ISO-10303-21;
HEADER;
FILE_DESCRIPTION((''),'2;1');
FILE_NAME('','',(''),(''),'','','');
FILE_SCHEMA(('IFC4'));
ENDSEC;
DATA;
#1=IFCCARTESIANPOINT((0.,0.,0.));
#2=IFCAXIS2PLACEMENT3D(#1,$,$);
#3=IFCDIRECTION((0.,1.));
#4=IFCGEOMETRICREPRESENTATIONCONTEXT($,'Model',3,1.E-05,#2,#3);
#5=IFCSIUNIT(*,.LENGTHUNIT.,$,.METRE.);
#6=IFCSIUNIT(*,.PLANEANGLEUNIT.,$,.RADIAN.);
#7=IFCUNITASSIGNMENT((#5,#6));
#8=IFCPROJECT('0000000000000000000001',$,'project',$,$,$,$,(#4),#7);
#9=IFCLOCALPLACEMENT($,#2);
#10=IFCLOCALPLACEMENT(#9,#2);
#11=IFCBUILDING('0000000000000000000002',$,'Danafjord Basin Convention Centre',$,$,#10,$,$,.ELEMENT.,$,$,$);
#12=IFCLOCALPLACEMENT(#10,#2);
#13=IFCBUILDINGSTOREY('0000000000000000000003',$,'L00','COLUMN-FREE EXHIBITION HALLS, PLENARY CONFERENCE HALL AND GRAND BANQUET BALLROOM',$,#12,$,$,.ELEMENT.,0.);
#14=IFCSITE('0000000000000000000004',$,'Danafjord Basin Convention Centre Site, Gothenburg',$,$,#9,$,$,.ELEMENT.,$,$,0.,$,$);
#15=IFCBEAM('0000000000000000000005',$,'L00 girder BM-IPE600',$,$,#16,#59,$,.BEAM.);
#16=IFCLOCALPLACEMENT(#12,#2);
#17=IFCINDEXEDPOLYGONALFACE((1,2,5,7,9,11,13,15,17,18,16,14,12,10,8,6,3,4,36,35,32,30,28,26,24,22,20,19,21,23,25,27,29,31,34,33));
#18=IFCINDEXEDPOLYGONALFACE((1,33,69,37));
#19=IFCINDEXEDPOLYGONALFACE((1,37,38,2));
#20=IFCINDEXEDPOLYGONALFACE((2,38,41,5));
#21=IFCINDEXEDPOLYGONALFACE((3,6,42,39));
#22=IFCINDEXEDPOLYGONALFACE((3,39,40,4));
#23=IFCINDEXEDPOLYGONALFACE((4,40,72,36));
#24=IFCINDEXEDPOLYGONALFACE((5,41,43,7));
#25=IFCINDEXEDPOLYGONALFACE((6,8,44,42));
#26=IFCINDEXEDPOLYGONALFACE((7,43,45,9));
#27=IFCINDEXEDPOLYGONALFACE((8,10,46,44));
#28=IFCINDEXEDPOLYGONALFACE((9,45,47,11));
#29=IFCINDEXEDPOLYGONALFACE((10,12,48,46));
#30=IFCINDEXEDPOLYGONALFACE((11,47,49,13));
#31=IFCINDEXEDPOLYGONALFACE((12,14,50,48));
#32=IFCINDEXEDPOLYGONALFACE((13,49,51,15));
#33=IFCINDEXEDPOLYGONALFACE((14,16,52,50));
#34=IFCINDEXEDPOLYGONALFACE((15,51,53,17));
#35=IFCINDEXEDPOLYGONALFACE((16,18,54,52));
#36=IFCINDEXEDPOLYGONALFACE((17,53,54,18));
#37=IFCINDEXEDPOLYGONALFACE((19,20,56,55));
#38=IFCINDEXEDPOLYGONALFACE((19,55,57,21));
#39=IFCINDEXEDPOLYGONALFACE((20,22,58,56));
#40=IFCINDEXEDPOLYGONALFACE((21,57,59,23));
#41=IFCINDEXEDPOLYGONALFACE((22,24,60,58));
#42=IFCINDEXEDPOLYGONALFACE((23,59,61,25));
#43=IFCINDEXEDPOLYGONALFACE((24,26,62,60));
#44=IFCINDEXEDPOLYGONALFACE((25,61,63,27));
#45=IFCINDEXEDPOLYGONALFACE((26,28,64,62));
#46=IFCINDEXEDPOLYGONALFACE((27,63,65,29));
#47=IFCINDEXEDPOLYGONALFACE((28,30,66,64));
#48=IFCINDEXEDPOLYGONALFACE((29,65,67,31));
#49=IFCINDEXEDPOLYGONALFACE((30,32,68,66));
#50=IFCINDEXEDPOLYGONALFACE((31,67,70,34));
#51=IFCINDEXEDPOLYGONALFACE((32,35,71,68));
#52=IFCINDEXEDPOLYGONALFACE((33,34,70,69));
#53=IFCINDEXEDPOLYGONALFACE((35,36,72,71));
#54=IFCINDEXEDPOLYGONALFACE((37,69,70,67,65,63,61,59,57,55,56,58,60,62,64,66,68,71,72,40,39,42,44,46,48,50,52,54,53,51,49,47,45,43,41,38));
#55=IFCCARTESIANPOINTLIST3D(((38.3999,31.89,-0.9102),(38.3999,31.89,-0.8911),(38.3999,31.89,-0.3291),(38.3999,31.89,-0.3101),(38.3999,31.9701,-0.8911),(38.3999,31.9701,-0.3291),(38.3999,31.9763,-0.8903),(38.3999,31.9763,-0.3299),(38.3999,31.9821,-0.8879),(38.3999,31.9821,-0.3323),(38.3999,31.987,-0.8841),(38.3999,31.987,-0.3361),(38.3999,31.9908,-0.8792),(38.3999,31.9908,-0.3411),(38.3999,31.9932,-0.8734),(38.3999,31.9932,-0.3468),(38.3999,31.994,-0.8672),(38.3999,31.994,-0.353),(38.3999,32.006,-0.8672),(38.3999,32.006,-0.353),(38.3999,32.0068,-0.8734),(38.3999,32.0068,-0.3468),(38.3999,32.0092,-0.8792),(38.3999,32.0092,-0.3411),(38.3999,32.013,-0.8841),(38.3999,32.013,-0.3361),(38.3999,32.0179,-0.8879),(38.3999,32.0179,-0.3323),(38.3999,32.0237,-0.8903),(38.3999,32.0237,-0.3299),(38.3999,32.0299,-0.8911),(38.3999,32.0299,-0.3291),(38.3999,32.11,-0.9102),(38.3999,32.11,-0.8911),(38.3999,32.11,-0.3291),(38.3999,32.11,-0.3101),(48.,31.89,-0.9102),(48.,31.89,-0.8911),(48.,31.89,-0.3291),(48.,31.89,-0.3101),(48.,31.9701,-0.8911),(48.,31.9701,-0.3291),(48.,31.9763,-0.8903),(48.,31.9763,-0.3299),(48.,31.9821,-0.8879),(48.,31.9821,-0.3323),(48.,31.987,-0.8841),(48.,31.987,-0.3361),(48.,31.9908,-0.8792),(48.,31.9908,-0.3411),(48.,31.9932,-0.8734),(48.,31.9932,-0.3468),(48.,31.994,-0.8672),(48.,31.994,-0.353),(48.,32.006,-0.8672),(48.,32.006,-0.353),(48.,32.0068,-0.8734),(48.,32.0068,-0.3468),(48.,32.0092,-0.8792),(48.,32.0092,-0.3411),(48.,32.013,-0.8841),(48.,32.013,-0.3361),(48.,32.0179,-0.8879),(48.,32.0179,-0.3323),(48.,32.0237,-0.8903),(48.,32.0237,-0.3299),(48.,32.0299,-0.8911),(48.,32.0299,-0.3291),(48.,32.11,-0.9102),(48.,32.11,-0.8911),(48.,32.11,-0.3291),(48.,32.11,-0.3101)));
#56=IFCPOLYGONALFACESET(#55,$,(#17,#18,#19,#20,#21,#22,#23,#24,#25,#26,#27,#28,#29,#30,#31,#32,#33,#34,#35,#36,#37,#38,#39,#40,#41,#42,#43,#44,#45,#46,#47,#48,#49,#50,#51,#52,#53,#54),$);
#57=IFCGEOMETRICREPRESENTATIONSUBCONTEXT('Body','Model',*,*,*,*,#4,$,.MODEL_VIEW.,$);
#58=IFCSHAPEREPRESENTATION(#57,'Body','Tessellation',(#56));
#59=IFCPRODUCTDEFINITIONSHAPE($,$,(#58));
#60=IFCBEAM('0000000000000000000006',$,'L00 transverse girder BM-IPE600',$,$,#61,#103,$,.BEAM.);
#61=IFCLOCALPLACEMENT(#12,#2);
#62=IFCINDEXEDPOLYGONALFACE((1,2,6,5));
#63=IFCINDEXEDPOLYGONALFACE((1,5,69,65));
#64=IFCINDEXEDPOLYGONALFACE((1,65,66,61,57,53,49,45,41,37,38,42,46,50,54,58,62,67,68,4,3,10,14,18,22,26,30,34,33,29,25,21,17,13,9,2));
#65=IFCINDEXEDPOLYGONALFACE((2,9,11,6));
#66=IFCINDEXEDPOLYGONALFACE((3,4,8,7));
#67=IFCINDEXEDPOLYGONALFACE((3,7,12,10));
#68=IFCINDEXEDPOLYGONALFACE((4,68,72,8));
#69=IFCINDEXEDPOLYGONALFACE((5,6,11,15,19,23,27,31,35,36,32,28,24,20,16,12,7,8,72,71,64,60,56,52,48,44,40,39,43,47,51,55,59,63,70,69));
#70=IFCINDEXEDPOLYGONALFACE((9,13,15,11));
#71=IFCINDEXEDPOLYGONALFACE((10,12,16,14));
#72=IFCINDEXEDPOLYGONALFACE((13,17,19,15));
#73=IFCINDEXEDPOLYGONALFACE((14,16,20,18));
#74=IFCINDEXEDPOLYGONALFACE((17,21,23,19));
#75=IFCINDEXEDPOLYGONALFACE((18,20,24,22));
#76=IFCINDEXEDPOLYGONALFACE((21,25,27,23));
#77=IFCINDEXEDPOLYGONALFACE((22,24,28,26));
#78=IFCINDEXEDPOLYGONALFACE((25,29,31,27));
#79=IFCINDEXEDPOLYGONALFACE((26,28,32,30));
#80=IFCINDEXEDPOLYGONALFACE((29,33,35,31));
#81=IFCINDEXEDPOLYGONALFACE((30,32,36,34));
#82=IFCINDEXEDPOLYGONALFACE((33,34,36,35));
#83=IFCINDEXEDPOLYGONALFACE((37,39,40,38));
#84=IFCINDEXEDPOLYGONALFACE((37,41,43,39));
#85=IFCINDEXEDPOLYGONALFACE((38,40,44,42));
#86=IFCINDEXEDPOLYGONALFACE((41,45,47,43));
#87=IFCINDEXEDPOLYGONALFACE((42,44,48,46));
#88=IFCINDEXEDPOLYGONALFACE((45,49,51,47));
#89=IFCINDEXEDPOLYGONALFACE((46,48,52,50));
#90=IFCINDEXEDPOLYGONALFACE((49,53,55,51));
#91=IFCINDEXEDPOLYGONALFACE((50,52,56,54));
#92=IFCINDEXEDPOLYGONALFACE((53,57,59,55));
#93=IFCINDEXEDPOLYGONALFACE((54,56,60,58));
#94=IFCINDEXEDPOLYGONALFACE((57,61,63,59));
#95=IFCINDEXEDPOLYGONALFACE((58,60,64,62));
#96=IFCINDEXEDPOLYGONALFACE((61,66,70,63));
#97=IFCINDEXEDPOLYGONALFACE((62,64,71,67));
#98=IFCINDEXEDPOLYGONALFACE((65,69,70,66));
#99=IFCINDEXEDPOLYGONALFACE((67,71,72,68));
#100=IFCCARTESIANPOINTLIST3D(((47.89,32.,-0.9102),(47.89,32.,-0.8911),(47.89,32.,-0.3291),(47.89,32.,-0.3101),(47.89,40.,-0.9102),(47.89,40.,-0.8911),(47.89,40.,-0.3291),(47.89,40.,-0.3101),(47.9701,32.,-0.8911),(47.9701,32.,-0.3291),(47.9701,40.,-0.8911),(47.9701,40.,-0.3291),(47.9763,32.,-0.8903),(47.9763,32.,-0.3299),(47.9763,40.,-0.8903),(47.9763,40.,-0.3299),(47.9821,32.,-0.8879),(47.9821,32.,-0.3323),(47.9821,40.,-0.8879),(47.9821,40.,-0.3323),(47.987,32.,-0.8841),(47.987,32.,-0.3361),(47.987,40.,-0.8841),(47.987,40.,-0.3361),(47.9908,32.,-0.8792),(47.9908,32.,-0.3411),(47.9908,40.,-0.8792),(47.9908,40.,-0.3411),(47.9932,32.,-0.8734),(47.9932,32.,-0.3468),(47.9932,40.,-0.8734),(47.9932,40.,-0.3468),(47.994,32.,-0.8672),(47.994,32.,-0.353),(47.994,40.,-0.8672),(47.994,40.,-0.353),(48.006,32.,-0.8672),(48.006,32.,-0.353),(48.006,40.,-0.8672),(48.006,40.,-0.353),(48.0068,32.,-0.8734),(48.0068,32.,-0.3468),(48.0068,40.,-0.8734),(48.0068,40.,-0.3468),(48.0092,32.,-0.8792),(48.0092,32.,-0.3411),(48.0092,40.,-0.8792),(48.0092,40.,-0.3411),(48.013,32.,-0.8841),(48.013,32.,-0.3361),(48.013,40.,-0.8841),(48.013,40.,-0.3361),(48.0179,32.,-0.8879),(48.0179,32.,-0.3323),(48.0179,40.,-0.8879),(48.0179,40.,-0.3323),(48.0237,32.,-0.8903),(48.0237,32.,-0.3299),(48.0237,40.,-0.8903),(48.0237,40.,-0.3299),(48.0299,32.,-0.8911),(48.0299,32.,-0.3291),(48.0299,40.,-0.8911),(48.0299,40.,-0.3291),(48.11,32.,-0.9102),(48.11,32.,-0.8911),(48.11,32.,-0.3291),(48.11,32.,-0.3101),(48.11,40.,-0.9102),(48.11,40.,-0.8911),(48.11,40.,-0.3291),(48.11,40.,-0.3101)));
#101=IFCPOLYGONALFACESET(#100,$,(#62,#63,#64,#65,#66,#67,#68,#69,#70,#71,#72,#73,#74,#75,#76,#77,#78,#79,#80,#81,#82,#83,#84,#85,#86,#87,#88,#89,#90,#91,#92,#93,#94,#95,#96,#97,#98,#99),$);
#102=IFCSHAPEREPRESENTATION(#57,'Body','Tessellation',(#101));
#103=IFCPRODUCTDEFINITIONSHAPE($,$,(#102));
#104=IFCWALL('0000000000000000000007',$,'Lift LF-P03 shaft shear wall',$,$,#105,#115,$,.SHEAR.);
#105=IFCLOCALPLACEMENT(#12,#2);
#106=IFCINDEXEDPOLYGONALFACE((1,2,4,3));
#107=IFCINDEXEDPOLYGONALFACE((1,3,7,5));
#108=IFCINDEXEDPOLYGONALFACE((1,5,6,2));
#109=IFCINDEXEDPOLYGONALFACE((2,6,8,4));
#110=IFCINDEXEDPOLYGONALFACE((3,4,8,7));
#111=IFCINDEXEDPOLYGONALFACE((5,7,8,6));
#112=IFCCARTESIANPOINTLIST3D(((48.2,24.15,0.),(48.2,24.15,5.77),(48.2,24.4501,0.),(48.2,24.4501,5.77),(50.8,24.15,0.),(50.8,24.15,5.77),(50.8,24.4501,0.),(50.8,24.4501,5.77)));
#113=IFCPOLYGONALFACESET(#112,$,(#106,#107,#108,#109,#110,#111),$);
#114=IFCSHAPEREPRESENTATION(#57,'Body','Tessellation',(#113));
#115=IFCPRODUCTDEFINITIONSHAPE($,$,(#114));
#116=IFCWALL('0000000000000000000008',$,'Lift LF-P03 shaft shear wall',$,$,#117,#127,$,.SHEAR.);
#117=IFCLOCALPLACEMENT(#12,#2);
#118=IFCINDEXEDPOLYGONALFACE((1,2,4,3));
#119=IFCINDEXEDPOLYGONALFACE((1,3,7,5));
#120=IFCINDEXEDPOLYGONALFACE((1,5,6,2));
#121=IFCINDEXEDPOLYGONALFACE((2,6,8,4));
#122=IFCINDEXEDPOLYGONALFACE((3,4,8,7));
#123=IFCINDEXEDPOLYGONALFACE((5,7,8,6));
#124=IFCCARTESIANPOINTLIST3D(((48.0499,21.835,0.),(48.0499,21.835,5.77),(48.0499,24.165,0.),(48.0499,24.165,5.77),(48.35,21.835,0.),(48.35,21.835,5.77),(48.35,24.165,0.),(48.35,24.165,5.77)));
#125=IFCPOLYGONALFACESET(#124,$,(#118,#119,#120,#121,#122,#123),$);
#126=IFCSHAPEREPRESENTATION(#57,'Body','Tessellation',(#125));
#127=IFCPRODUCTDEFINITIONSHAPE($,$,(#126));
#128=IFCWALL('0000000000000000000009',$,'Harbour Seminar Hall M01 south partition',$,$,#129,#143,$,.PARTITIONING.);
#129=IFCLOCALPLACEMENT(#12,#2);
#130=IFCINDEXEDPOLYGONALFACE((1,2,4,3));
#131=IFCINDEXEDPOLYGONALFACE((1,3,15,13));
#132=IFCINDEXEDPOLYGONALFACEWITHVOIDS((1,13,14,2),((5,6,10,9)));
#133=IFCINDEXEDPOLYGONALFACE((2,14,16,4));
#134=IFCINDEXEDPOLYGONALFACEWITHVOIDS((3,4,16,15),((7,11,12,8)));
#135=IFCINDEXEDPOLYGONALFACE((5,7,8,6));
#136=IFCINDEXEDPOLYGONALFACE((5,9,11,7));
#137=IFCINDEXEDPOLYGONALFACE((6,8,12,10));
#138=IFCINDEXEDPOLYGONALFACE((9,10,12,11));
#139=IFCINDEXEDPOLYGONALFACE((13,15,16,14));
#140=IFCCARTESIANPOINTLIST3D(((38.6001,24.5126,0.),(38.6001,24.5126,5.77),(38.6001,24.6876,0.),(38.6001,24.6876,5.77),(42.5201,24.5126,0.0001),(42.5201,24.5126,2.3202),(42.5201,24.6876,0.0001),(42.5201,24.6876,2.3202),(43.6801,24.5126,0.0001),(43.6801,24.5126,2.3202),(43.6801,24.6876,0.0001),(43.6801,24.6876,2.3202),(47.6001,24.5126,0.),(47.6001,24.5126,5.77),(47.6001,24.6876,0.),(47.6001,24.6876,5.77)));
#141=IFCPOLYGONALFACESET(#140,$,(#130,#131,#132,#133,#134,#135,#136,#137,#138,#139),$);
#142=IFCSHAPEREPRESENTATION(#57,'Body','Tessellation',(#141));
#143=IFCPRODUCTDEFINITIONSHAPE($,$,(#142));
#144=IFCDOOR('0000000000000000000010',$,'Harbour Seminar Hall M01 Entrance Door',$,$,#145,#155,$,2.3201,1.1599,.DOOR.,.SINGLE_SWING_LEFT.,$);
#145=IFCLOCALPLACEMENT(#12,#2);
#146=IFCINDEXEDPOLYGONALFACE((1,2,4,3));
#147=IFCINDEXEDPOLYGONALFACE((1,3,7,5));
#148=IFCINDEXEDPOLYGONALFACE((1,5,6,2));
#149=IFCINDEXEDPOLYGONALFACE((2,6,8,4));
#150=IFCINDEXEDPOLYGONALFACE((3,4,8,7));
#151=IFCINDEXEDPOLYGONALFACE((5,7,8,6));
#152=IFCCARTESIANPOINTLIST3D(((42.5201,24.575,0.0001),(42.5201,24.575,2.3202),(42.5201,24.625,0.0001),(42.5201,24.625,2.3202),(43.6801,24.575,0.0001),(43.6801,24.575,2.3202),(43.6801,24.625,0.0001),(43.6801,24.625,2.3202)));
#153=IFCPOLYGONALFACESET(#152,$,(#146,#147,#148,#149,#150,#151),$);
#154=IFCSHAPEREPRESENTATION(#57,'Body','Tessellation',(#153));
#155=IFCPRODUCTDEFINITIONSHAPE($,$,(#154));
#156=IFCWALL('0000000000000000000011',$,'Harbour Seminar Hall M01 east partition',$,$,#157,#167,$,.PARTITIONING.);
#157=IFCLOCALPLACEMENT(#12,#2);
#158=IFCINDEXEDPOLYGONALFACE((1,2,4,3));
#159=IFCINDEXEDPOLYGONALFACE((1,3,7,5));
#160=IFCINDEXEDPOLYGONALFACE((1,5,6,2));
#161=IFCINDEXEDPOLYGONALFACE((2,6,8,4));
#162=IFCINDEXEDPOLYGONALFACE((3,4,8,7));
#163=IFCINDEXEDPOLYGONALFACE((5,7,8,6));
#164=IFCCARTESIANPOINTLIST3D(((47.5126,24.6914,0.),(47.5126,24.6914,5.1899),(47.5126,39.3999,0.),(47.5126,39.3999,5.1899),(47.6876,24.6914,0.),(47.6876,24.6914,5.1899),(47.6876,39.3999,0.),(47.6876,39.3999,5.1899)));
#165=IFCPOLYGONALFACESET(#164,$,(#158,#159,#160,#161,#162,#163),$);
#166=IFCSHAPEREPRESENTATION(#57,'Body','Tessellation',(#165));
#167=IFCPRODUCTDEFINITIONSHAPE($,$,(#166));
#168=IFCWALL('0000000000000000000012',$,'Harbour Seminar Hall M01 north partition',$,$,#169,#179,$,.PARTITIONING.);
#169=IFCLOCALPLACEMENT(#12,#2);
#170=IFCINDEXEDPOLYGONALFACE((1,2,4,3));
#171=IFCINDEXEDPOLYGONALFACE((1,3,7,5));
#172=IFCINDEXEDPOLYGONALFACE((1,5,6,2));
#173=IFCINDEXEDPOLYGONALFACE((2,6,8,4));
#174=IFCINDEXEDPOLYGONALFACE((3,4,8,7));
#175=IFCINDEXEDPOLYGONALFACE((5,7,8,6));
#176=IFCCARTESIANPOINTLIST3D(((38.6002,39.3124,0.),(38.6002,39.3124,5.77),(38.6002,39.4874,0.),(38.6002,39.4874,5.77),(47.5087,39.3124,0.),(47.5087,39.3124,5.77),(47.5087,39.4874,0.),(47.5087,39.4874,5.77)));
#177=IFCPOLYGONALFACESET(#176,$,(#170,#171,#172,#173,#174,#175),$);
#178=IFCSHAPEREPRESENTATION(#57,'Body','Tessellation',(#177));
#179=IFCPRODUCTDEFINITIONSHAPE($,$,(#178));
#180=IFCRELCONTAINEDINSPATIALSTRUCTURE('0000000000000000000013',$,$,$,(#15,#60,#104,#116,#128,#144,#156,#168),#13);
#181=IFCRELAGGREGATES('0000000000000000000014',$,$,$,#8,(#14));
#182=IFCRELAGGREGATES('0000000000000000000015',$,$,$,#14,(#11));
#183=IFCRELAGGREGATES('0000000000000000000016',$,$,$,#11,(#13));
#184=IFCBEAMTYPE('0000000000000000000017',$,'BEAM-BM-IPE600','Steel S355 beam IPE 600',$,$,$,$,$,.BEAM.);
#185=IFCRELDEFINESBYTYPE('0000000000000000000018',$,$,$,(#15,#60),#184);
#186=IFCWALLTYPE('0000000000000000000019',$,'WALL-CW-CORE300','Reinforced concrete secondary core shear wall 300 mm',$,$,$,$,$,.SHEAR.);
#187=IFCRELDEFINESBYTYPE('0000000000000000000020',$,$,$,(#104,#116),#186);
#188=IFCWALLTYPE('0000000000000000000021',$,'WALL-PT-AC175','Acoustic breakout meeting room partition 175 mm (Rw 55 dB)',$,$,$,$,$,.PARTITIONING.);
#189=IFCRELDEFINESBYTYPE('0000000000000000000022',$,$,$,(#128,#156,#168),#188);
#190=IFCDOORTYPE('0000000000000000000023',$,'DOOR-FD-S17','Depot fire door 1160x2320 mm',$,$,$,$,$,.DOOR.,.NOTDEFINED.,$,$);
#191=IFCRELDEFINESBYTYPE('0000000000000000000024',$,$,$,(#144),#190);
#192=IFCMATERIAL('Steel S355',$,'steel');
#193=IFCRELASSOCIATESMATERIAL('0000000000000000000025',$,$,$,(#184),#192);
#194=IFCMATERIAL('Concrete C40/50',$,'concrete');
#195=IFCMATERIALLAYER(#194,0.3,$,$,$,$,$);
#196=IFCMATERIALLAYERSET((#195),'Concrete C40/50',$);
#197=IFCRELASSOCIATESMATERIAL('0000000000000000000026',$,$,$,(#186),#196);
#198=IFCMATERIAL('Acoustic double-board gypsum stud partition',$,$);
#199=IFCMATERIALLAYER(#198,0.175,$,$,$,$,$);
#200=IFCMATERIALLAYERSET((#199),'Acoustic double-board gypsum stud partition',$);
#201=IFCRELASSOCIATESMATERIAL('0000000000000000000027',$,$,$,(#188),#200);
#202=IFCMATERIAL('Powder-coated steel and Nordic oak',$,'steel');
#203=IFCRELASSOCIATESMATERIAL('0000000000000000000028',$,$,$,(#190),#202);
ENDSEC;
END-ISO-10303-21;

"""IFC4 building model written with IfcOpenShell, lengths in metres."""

from ifc_helpers import new_model, si_unit, direction, frame, frame_2d, origin, origin_2d, place, context, subcontext, project, spatial, rectangle, i_section, extrude, material, layer, layer_set, material_profile, profile_set, type_object, element, fill, save


model = new_model("IFC4")

# Units and contexts
model_context = context("Model", 3, precision=1e-05, world=origin(), true_north=direction((0.0, 1.0)))
body_context = subcontext(model_context, "Body", "Model", "MODEL_VIEW")
ifc_project = project(units=[si_unit("LENGTHUNIT", "METRE"), si_unit("PLANEANGLEUNIT", "RADIAN")], contexts=[model_context])

# Site, building, storey
site_placement = place(None, origin())
site = spatial("IfcSite", under=ifc_project, at=site_placement, Name="Danafjord Basin Convention Centre Site, Gothenburg", CompositionType="ELEMENT", RefElevation=0.0)
building_placement = place(site_placement, origin())
building = spatial("IfcBuilding", under=site, at=building_placement, Name="Danafjord Basin Convention Centre", CompositionType="ELEMENT")
storey_placement = place(building_placement, origin())
storey = spatial("IfcBuildingStorey", under=building, at=storey_placement, Name="L00", Description="COLUMN-FREE EXHIBITION HALLS, PLENARY CONFERENCE HALL AND GRAND BANQUET BALLROOM", CompositionType="ELEMENT", Elevation=0.0)

# Shared definitions
ifc_material_1 = material(Name="Steel S355", Category="steel")

# Beams
ifc_material_profile_1 = material_profile(ifc_material_1, i_section(OverallWidth=0.22, OverallDepth=0.6001, WebThickness=0.012, FlangeThickness=0.019, FilletRadius=0.0239, at=origin_2d()), Name="IPE 600")
ifc_profile_set_1 = profile_set([ifc_material_profile_1], Name="Steel S355")
beam_type_1 = type_object("IfcBeamType", Name="BEAM-BM-IPE600", Description="Steel S355 beam IPE 600", PredefinedType="BEAM", material=ifc_profile_set_1)
beam_1_placement = place(storey_placement, frame((38.3999, 32.0, -0.6101), z_axis=(1.0, 0.0, 0.0), x_axis=(0.0, 1.0, 0.0)))
element("IfcBeam", 1, at=beam_1_placement, inside=storey, type_object=beam_type_1, Name="L00 girder BM-IPE600", PredefinedType="BEAM", context=body_context, shape_type="SweptSolid", body=[
    extrude(i_section(OverallWidth=0.22, OverallDepth=0.6001, WebThickness=0.012, FlangeThickness=0.019, FilletRadius=0.0239, at=origin_2d()), origin(), (0.0, 0.0, 1.0), 9.6001),
])
beam_2_placement = place(storey_placement, frame((48.0, 32.0, -0.6101), z_axis=(0.0, 1.0, 0.0), x_axis=(-1.0, 0.0, 0.0)))
element("IfcBeam", 2, at=beam_2_placement, inside=storey, type_object=beam_type_1, Name="L00 transverse girder BM-IPE600", PredefinedType="BEAM", context=body_context, shape_type="SweptSolid", body=[
    extrude(i_section(OverallWidth=0.22, OverallDepth=0.6001, WebThickness=0.012, FlangeThickness=0.019, FilletRadius=0.0239, at=origin_2d()), origin(), (0.0, 0.0, 1.0), 8.0),
])

# Walls
ifc_material_2 = material(Name="Concrete C40/50", Category="concrete")
ifc_layer_1 = layer(ifc_material_2, 0.3)
ifc_layer_set_1 = layer_set([ifc_layer_1], Name="Concrete C40/50")
wall_type_1 = type_object("IfcWallType", Name="WALL-CW-CORE300", Description="Reinforced concrete secondary core shear wall 300 mm", PredefinedType="SHEAR", material=ifc_layer_set_1)
wall_1_placement = place(storey_placement, frame((50.8, 24.3, 0.0), z_axis=(0.0, 0.0, 1.0), x_axis=(-1.0, 0.0, 0.0)))
element("IfcWall", 3, at=wall_1_placement, inside=storey, type_object=wall_type_1, Name="Lift LF-P03 shaft shear wall", PredefinedType="SHEAR", context=body_context, shape_type="SweptSolid", body=[
    extrude(rectangle(XDim=2.6001, YDim=0.3, at=frame_2d((1.3, 0.0))), origin(), (0.0, 0.0, 1.0), 5.77),
])
wall_2_placement = place(storey_placement, frame((48.2, 24.165, 0.0), z_axis=(0.0, 0.0, 1.0), x_axis=(0.0, -1.0, 0.0)))
element("IfcWall", 4, at=wall_2_placement, inside=storey, type_object=wall_type_1, Name="Lift LF-P03 shaft shear wall", PredefinedType="SHEAR", context=body_context, shape_type="SweptSolid", body=[
    extrude(rectangle(XDim=2.3301, YDim=0.3, at=frame_2d((1.165, 0.0))), origin(), (0.0, 0.0, 1.0), 5.77),
])

# Wall, opening, door
ifc_material_3 = material(Name="Acoustic double-board gypsum stud partition")
ifc_layer_2 = layer(ifc_material_3, 0.175)
ifc_layer_set_2 = layer_set([ifc_layer_2], Name="Acoustic double-board gypsum stud partition")
wall_type_2 = type_object("IfcWallType", Name="WALL-PT-AC175", Description="Acoustic breakout meeting room partition 175 mm (Rw 55 dB)", PredefinedType="PARTITIONING", material=ifc_layer_set_2)
wall_3_placement = place(storey_placement, frame((38.6001, 24.6001, 0.0), z_axis=(0.0, 0.0, 1.0), x_axis=(1.0, 0.0, 0.0)))
wall_3 = element("IfcWall", 5, at=wall_3_placement, inside=storey, type_object=wall_type_2, Name="Harbour Seminar Hall M01 south partition", PredefinedType="PARTITIONING", context=body_context, shape_type="SweptSolid", body=[
    extrude(rectangle(XDim=9.0, YDim=0.175, at=frame_2d((4.5, 0.0))), origin(), (0.0, 0.0, 1.0), 5.77),
])
opening_1_placement = place(wall_3_placement, frame((3.9199, 0.0, 0.0)))
opening_1 = element("IfcOpeningElement", 6, at=opening_1_placement, cuts=wall_3, PredefinedType="OPENING", context=body_context, shape_type="SweptSolid", body=[
    extrude(rectangle(XDim=1.1599, YDim=2.3201, at=frame_2d((0.5801, 1.1602))), frame((0.0, 0.0974, 0.0), z_axis=(0.0, -1.0, 0.0), x_axis=(1.0, 0.0, 0.0)), (0.0, 0.0, 1.0), 0.1951),
])
ifc_material_4 = material(Name="Powder-coated steel and Nordic oak", Category="steel")
door_type_1 = type_object("IfcDoorType", Name="DOOR-FD-S17", Description="Depot fire door 1160x2320 mm", OperationType="NOTDEFINED", PredefinedType="DOOR", material=ifc_material_4)
door_1_placement = place(opening_1_placement, origin())
door_1 = element("IfcDoor", 7, at=door_1_placement, inside=storey, type_object=door_type_1, Name="Harbour Seminar Hall M01 Entrance Door", OperationType="SINGLE_SWING_LEFT", OverallHeight=2.3201, OverallWidth=1.1599, PredefinedType="DOOR", context=body_context, shape_type="SweptSolid", body=[
    extrude(rectangle(XDim=1.1599, YDim=2.3201, at=frame_2d((0.5801, 1.1602))), frame((0.0, 0.0249, 0.0), z_axis=(0.0, -1.0, 0.0), x_axis=(1.0, 0.0, 0.0)), (0.0, 0.0, 1.0), 0.05),
])
fill(opening_1, door_1)

# Walls
wall_4_placement = place(storey_placement, frame((47.6001, 24.6914, 0.0), z_axis=(0.0, 0.0, 1.0), x_axis=(0.0, 1.0, 0.0)))
element("IfcWall", 8, at=wall_4_placement, inside=storey, type_object=wall_type_2, Name="Harbour Seminar Hall M01 east partition", PredefinedType="PARTITIONING", context=body_context, shape_type="SweptSolid", body=[
    extrude(rectangle(XDim=14.7085, YDim=0.175, at=frame_2d((7.3542, 0.0))), origin(), (0.0, 0.0, 1.0), 5.1899),
])
wall_5_placement = place(storey_placement, frame((47.5085, 39.3999, 0.0), z_axis=(0.0, 0.0, 1.0), x_axis=(-1.0, 0.0, 0.0)))
element("IfcWall", 9, at=wall_5_placement, inside=storey, type_object=wall_type_2, Name="Harbour Seminar Hall M01 north partition", PredefinedType="PARTITIONING", context=body_context, shape_type="SweptSolid", body=[
    extrude(rectangle(XDim=8.9084, YDim=0.175, at=frame_2d((4.4541, 0.0))), origin(), (0.0, 0.0, 1.0), 5.77),
])

save(model, "model.ifc")
